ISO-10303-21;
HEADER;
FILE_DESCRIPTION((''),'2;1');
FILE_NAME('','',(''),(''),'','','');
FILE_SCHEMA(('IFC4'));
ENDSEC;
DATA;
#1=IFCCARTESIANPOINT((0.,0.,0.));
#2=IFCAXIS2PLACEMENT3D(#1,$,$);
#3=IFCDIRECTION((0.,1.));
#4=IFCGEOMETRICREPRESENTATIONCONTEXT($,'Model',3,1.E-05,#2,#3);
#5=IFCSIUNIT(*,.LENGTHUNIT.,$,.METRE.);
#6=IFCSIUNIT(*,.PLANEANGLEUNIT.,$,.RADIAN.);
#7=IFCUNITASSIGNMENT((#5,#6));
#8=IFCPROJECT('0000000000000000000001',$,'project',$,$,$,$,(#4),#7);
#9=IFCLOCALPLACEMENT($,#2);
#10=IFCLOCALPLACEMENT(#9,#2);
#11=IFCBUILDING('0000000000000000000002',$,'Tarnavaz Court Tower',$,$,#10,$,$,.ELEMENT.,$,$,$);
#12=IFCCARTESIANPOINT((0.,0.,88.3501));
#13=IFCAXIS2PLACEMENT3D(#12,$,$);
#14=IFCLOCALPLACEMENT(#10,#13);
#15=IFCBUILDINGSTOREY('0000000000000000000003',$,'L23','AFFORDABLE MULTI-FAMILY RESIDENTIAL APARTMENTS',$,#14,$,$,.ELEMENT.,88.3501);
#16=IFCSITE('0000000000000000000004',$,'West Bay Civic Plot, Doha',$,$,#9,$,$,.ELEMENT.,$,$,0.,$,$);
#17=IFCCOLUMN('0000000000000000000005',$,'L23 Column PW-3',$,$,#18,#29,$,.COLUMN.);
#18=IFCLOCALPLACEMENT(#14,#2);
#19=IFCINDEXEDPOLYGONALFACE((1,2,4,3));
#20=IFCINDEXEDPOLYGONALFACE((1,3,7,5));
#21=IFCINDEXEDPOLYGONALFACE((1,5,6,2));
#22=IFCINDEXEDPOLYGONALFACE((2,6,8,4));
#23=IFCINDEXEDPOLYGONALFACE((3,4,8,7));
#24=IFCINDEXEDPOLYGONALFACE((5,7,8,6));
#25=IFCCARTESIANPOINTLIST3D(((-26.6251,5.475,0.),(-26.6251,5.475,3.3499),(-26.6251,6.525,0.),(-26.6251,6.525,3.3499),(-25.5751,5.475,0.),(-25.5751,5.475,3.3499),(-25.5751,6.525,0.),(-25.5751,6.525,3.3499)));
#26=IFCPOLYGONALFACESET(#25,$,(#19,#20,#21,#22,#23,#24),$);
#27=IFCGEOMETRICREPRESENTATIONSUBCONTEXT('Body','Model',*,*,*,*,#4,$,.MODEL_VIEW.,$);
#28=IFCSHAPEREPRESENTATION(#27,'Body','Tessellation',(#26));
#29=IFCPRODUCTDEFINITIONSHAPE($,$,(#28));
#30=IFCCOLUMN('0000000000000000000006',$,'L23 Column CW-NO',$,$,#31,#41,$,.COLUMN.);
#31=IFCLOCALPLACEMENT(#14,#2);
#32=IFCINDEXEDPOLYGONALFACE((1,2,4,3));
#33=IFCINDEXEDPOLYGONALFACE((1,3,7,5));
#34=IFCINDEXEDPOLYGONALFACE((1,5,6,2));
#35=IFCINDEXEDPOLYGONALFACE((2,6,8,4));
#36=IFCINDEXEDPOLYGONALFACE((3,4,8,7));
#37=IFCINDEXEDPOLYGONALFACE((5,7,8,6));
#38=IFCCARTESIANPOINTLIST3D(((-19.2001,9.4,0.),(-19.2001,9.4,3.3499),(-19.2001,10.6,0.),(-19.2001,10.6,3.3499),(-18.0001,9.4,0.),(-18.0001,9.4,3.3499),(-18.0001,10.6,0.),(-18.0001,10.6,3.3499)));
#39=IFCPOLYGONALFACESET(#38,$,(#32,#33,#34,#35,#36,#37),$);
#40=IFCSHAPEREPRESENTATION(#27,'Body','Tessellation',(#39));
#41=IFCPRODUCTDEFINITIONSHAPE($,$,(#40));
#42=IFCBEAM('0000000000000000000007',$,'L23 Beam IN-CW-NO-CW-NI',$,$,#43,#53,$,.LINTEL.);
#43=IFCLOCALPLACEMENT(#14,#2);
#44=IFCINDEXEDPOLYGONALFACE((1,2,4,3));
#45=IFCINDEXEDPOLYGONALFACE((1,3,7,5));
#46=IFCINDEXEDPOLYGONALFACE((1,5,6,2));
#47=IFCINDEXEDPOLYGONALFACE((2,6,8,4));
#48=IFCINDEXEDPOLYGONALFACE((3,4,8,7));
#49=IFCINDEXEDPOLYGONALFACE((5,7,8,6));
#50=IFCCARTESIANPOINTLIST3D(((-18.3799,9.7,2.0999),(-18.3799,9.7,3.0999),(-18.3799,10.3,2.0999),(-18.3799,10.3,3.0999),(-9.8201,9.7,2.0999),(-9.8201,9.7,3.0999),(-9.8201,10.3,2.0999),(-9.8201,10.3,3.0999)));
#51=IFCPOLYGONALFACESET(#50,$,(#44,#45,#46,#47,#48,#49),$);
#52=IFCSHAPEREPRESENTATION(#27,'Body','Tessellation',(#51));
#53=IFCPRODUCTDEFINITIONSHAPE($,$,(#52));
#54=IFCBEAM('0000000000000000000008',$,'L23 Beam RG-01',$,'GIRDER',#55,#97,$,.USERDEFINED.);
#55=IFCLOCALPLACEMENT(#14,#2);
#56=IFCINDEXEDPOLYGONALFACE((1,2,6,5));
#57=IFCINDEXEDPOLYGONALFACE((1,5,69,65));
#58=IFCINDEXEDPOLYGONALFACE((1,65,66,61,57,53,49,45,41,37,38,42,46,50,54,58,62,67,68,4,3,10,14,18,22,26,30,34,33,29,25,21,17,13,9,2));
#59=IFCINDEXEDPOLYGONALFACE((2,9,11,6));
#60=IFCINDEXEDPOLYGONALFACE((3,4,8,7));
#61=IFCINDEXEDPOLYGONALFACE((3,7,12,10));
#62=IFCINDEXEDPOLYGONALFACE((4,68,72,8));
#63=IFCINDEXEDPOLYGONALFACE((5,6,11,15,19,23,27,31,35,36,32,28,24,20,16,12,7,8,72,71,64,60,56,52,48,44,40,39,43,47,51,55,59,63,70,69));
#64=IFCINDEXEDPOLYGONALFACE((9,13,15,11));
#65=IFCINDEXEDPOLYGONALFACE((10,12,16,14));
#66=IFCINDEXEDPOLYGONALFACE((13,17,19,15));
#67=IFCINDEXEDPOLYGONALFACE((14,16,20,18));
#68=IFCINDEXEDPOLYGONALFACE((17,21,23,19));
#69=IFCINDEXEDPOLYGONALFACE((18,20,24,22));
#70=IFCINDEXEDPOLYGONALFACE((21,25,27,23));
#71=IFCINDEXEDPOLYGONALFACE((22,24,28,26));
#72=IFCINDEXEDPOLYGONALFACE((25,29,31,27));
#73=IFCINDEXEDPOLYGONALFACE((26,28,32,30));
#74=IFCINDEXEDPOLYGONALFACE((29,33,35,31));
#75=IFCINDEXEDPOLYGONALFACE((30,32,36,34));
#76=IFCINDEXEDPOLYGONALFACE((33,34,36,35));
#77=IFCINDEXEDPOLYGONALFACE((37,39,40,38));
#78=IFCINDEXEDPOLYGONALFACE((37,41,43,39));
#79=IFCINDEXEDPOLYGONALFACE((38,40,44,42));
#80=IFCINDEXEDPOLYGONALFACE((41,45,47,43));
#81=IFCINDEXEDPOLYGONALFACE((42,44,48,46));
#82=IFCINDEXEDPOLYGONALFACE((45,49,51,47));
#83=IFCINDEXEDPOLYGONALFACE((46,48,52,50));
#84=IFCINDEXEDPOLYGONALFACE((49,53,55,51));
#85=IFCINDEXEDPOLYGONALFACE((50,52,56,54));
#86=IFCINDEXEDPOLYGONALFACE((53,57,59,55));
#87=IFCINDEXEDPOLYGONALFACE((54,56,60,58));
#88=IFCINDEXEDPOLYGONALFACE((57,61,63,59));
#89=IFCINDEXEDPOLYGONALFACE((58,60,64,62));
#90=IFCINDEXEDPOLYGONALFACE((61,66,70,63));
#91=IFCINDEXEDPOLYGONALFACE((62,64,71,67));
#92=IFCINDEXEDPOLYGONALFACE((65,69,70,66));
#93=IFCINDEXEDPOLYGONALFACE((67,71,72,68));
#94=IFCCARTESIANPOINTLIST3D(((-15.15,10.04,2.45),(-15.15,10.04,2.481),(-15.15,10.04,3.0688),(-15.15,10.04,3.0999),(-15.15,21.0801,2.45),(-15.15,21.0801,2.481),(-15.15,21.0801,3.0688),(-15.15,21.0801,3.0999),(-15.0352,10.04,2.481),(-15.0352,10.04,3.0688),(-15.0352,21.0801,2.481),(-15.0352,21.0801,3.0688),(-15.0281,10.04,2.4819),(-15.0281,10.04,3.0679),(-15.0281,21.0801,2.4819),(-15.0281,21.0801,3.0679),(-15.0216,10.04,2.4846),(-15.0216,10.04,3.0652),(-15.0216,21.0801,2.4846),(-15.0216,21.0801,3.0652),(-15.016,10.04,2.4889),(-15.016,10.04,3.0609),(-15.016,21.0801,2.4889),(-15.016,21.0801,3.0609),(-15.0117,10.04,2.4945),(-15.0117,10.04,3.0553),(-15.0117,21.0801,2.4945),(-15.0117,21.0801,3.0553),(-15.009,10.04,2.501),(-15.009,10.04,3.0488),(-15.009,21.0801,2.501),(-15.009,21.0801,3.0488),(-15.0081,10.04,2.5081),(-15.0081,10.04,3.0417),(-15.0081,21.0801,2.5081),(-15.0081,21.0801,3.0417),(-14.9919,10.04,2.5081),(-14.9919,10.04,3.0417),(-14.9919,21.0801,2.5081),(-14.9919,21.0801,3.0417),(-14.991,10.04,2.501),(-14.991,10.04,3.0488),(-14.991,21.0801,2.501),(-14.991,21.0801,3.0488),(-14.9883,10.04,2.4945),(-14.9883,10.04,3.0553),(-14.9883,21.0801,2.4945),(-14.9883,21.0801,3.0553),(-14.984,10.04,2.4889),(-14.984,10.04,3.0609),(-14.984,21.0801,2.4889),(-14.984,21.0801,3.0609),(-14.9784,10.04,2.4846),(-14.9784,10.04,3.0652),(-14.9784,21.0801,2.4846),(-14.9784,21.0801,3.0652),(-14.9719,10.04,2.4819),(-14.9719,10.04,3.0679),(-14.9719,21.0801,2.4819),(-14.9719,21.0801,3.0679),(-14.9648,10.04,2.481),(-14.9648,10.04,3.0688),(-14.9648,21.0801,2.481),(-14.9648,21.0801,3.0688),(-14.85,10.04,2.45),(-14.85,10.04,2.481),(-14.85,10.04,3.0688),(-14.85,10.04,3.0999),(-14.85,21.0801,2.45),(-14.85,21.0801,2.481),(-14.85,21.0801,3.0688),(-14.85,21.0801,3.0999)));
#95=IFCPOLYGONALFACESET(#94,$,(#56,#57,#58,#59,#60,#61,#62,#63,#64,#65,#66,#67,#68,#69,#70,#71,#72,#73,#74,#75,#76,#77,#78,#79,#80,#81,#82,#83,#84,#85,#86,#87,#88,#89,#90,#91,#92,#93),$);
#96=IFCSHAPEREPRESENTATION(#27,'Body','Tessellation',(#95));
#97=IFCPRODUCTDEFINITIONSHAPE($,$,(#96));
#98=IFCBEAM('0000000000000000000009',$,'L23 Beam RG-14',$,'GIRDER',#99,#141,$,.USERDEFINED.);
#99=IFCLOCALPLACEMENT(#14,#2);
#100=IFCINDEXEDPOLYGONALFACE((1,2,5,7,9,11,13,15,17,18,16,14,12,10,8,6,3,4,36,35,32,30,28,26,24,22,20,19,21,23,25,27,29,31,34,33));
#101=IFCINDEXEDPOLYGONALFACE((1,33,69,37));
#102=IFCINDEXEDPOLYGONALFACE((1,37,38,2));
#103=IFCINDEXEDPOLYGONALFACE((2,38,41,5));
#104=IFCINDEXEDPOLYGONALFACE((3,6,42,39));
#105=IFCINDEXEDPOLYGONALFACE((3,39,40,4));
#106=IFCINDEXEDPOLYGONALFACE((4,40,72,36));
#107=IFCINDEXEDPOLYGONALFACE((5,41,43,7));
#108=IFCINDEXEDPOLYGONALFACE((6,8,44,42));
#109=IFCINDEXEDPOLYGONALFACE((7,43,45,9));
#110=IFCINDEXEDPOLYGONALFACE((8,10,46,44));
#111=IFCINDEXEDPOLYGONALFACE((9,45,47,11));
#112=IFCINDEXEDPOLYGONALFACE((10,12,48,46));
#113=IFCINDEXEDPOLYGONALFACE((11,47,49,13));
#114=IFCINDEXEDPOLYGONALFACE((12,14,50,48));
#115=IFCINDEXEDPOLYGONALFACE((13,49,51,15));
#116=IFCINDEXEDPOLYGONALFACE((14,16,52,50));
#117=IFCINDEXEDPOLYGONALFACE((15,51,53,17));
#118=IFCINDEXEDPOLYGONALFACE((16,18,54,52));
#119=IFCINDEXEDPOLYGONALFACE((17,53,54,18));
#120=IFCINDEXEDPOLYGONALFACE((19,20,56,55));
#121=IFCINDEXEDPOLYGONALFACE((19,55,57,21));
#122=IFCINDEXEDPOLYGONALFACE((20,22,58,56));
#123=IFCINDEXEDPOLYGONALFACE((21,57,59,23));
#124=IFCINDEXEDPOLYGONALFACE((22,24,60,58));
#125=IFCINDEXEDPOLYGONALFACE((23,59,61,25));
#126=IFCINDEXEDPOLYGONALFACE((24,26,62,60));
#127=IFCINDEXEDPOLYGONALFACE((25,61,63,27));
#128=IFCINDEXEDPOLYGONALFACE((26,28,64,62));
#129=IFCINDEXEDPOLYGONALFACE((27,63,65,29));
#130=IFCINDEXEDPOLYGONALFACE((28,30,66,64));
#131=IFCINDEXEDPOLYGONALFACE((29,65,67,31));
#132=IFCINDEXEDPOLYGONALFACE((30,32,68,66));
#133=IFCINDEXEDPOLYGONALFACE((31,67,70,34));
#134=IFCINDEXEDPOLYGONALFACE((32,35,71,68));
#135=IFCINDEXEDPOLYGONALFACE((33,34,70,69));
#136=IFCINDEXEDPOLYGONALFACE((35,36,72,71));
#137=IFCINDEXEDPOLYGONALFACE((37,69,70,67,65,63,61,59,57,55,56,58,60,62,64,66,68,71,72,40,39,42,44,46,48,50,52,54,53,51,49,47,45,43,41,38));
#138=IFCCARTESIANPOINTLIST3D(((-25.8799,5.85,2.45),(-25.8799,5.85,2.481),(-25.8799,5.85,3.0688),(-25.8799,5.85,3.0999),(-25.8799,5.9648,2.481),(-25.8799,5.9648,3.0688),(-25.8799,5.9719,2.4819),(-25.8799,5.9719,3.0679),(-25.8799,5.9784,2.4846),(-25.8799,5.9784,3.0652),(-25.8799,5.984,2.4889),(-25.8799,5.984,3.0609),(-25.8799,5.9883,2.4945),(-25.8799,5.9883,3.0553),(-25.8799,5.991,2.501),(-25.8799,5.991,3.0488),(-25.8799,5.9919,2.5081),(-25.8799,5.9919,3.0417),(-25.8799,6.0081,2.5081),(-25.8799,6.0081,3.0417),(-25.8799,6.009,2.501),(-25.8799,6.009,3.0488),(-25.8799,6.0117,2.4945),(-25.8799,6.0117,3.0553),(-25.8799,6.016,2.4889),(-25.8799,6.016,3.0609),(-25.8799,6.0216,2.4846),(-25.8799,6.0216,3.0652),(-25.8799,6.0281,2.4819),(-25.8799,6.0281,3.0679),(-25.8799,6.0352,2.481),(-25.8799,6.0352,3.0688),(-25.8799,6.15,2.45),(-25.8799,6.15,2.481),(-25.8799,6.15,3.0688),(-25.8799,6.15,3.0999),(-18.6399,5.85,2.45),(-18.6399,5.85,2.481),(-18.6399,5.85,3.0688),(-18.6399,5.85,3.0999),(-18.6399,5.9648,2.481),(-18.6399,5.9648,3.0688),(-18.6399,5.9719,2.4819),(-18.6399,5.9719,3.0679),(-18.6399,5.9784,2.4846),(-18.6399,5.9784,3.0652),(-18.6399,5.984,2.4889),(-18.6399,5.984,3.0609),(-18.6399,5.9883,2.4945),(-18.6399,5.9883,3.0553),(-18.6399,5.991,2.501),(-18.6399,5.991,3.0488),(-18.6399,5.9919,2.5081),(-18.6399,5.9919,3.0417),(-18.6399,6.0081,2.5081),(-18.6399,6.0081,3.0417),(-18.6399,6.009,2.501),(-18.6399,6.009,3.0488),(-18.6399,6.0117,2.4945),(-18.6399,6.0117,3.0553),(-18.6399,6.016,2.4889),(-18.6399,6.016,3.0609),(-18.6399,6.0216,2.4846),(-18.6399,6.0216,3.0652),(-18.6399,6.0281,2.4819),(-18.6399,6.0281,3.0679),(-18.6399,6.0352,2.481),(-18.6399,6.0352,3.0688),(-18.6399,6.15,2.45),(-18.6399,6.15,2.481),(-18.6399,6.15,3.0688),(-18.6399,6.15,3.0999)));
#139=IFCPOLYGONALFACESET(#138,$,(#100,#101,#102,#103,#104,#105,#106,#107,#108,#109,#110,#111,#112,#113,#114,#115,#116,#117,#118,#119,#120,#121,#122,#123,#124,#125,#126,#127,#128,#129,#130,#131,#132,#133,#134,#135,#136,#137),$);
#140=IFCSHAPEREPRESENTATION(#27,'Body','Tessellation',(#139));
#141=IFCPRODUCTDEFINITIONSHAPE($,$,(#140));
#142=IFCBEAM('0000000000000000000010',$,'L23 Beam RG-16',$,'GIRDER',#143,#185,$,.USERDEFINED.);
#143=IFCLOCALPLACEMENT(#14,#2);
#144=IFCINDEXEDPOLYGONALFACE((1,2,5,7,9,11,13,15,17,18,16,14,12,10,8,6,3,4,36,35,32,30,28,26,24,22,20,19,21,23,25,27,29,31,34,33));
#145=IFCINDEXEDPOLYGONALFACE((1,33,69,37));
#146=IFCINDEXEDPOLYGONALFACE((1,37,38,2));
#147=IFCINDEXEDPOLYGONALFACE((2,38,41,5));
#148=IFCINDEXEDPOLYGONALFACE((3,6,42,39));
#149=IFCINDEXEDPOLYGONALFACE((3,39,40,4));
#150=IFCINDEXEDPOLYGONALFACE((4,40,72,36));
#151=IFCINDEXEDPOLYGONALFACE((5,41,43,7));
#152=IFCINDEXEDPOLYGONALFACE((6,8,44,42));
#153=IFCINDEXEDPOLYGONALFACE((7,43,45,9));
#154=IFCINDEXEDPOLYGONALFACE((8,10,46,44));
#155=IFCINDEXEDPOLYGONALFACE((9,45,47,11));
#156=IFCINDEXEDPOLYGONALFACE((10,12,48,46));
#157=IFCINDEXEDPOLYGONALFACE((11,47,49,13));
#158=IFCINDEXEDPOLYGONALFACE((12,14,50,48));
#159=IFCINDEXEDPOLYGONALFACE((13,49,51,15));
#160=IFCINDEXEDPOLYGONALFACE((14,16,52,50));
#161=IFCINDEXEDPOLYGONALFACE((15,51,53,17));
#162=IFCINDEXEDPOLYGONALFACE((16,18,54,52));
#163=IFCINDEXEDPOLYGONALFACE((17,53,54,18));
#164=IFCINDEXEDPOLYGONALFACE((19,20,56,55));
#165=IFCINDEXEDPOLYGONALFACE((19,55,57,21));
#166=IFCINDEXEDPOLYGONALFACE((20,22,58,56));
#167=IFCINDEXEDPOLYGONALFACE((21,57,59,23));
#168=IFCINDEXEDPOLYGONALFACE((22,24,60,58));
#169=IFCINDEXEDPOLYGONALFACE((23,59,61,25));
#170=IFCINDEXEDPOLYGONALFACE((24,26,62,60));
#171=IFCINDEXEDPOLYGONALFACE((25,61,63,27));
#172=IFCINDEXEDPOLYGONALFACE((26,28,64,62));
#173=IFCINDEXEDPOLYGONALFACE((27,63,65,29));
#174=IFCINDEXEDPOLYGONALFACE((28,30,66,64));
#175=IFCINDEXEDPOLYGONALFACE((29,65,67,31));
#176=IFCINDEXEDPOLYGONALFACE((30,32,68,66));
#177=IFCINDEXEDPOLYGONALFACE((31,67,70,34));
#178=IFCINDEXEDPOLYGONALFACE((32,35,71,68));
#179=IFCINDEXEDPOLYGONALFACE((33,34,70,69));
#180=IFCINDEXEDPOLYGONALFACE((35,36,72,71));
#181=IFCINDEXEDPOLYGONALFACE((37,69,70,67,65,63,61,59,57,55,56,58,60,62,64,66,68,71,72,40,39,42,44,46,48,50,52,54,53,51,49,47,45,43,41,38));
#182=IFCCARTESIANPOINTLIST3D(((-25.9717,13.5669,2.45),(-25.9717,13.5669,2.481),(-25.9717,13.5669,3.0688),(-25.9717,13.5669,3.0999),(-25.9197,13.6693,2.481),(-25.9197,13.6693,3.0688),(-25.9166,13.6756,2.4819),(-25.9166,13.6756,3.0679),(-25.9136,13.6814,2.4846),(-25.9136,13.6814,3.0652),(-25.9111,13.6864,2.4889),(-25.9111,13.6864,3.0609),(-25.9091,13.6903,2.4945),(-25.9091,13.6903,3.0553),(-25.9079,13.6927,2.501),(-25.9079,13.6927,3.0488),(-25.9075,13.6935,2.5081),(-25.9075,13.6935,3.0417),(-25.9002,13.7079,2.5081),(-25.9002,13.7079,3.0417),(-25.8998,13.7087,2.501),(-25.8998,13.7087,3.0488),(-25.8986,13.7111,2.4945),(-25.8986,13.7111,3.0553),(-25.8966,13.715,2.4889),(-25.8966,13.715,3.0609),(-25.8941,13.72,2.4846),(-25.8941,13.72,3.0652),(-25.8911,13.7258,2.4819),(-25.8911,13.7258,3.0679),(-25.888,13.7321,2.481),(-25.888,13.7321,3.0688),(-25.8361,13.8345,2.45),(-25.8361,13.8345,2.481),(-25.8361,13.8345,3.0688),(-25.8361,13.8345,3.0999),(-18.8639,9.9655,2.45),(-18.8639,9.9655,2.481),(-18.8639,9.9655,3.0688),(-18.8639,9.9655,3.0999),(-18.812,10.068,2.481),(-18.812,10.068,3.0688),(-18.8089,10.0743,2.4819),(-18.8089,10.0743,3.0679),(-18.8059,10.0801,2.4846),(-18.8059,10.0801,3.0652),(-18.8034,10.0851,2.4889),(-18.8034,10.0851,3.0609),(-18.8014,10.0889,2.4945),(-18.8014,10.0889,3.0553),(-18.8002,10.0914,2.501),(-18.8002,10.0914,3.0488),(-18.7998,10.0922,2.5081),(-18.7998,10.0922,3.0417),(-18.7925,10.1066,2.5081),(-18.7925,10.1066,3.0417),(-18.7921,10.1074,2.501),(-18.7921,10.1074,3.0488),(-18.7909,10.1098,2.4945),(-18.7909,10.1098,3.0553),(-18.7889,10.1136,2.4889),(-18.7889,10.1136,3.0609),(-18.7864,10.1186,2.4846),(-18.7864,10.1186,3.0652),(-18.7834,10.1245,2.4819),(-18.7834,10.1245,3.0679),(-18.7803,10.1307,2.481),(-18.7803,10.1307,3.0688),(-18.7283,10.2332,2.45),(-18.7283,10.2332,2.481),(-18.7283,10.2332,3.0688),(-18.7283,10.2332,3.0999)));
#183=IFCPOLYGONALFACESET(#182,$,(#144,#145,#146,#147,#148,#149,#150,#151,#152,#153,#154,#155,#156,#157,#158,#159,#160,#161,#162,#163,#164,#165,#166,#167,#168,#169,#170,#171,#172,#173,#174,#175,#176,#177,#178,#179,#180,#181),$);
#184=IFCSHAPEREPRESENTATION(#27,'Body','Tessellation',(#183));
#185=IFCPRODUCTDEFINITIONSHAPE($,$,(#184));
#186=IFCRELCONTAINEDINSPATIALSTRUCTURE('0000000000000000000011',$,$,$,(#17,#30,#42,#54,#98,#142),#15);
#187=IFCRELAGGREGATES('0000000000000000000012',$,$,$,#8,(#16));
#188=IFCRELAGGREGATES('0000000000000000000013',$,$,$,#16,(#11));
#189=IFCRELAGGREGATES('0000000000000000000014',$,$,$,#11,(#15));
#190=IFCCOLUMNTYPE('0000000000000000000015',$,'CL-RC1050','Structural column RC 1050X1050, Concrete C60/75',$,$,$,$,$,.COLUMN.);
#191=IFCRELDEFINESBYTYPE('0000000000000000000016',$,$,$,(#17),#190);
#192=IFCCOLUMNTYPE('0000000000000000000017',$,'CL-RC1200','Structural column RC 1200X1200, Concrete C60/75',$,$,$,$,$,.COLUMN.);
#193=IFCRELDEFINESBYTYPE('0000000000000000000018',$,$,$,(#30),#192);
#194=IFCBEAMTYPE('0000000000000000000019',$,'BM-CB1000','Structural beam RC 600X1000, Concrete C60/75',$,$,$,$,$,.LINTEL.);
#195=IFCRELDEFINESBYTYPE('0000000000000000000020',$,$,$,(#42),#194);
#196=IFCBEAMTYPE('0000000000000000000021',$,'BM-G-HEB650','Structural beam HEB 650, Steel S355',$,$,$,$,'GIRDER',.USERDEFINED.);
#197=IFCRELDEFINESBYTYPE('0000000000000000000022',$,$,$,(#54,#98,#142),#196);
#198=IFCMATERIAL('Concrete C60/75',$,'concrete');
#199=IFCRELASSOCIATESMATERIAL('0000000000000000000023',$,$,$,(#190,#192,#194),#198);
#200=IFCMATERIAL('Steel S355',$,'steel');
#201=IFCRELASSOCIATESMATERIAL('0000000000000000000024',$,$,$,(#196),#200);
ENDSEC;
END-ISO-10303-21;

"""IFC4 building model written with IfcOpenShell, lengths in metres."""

from ifc_helpers import new_model, si_unit, direction, frame, origin, origin_2d, place, context, subcontext, project, spatial, rectangle, i_section, extrude, material, material_profile, profile_set, type_object, element, save


model = new_model("IFC4")

# Units and contexts
model_context = context("Model", 3, precision=1e-05, world=origin(), true_north=direction((0.0, 1.0)))
body_context = subcontext(model_context, "Body", "Model", "MODEL_VIEW")
ifc_project = project(units=[si_unit("LENGTHUNIT", "METRE"), si_unit("PLANEANGLEUNIT", "RADIAN")], contexts=[model_context])

# Site, building, storey
site_placement = place(None, origin())
site = spatial("IfcSite", under=ifc_project, at=site_placement, Name="West Bay Civic Plot, Doha", CompositionType="ELEMENT", RefElevation=0.0)
building_placement = place(site_placement, origin())
building = spatial("IfcBuilding", under=site, at=building_placement, Name="Tarnavaz Court Tower", CompositionType="ELEMENT")
storey_placement = place(building_placement, frame((0.0, 0.0, 88.3501)))
storey = spatial("IfcBuildingStorey", under=building, at=storey_placement, Name="L23", Description="AFFORDABLE MULTI-FAMILY RESIDENTIAL APARTMENTS", CompositionType="ELEMENT", Elevation=88.3501)

# Columns
ifc_material_1 = material(Name="Concrete C60/75", Category="concrete")
ifc_material_profile_1 = material_profile(ifc_material_1, rectangle(XDim=1.05, YDim=1.05, at=origin_2d()), Name="RC 1050X1050")
ifc_profile_set_1 = profile_set([ifc_material_profile_1], Name="Concrete C60/75")
column_type_1 = type_object("IfcColumnType", Name="CL-RC1050", Description="Structural column RC 1050X1050, Concrete C60/75", PredefinedType="COLUMN", material=ifc_profile_set_1)
column_1_placement = place(storey_placement, frame((-26.1001, 6.0, 0.0), z_axis=(0.0, 0.0, 1.0), x_axis=(1.0, 0.0, 0.0)))
element("IfcColumn", 1, at=column_1_placement, inside=storey, type_object=column_type_1, Name="L23 Column PW-3", PredefinedType="COLUMN", context=body_context, shape_type="SweptSolid", body=[
    extrude(rectangle(XDim=1.05, YDim=1.05, at=origin_2d()), origin(), (0.0, 0.0, 1.0), 3.3499),
])
ifc_material_profile_2 = material_profile(ifc_material_1, rectangle(XDim=1.2, YDim=1.2, at=origin_2d()), Name="RC 1200X1200")
ifc_profile_set_2 = profile_set([ifc_material_profile_2], Name="Concrete C60/75")
column_type_2 = type_object("IfcColumnType", Name="CL-RC1200", Description="Structural column RC 1200X1200, Concrete C60/75", PredefinedType="COLUMN", material=ifc_profile_set_2)
column_2_placement = place(storey_placement, frame((-18.6001, 10.0, 0.0), z_axis=(0.0, 0.0, 1.0), x_axis=(1.0, 0.0, 0.0)))
element("IfcColumn", 2, at=column_2_placement, inside=storey, type_object=column_type_2, Name="L23 Column CW-NO", PredefinedType="COLUMN", context=body_context, shape_type="SweptSolid", body=[
    extrude(rectangle(XDim=1.2, YDim=1.2, at=origin_2d()), origin(), (0.0, 0.0, 1.0), 3.3499),
])

# Beams
ifc_material_profile_3 = material_profile(ifc_material_1, rectangle(XDim=0.6001, YDim=1.0, at=origin_2d()), Name="RC 600X1000")
ifc_profile_set_3 = profile_set([ifc_material_profile_3], Name="Concrete C60/75")
beam_type_1 = type_object("IfcBeamType", Name="BM-CB1000", Description="Structural beam RC 600X1000, Concrete C60/75", PredefinedType="LINTEL", material=ifc_profile_set_3)
beam_1_placement = place(storey_placement, frame((-18.3799, 10.0, 2.5999), z_axis=(1.0, 0.0, 0.0), x_axis=(0.0, 1.0, 0.0)))
element("IfcBeam", 3, at=beam_1_placement, inside=storey, type_object=beam_type_1, Name="L23 Beam IN-CW-NO-CW-NI", PredefinedType="LINTEL", context=body_context, shape_type="SweptSolid", body=[
    extrude(rectangle(XDim=0.6001, YDim=1.0, at=origin_2d()), origin(), (0.0, 0.0, 1.0), 8.5598),
])
ifc_material_2 = material(Name="Steel S355", Category="steel")
ifc_material_profile_4 = material_profile(ifc_material_2, i_section(OverallWidth=0.3, OverallDepth=0.6499, WebThickness=0.0161, FlangeThickness=0.031, FilletRadius=0.0271, at=origin_2d()), Name="HEB 650")
ifc_profile_set_4 = profile_set([ifc_material_profile_4], Name="Steel S355")
beam_type_2 = type_object("IfcBeamType", Name="BM-G-HEB650", Description="Structural beam HEB 650, Steel S355", ElementType="GIRDER", PredefinedType="USERDEFINED", material=ifc_profile_set_4)
beam_2_placement = place(storey_placement, frame((-15.0, 10.04, 2.7749), z_axis=(0.0, 1.0, 0.0), x_axis=(-1.0, 0.0, 0.0)))
element("IfcBeam", 4, at=beam_2_placement, inside=storey, type_object=beam_type_2, Name="L23 Beam RG-01", ObjectType="GIRDER", PredefinedType="USERDEFINED", context=body_context, shape_type="SweptSolid", body=[
    extrude(i_section(OverallWidth=0.3, OverallDepth=0.6499, WebThickness=0.0161, FlangeThickness=0.031, FilletRadius=0.0271, at=origin_2d()), origin(), (0.0, 0.0, 1.0), 11.04),
])
beam_3_placement = place(storey_placement, frame((-18.6399, 6.0, 2.7749), z_axis=(-1.0, 0.0, 0.0), x_axis=(0.0, -1.0, 0.0)))
element("IfcBeam", 5, at=beam_3_placement, inside=storey, type_object=beam_type_2, Name="L23 Beam RG-14", ObjectType="GIRDER", PredefinedType="USERDEFINED", context=body_context, shape_type="SweptSolid", body=[
    extrude(i_section(OverallWidth=0.3, OverallDepth=0.6499, WebThickness=0.0161, FlangeThickness=0.031, FilletRadius=0.0271, at=origin_2d()), origin(), (0.0, 0.0, 1.0), 7.24),
])
beam_4_placement = place(storey_placement, frame((-18.7961, 10.0994, 2.7749), z_axis=(-0.892031, 0.451975, 0.0), x_axis=(-0.451975, -0.892031, 0.0)))
element("IfcBeam", 6, at=beam_4_placement, inside=storey, type_object=beam_type_2, Name="L23 Beam RG-16", ObjectType="GIRDER", PredefinedType="USERDEFINED", context=body_context, shape_type="SweptSolid", body=[
    extrude(i_section(OverallWidth=0.3, OverallDepth=0.6499, WebThickness=0.0161, FlangeThickness=0.031, FilletRadius=0.0271, at=origin_2d()), origin(), (0.0, 0.0, 1.0), 7.968),
])

save(model, "model.ifc")
